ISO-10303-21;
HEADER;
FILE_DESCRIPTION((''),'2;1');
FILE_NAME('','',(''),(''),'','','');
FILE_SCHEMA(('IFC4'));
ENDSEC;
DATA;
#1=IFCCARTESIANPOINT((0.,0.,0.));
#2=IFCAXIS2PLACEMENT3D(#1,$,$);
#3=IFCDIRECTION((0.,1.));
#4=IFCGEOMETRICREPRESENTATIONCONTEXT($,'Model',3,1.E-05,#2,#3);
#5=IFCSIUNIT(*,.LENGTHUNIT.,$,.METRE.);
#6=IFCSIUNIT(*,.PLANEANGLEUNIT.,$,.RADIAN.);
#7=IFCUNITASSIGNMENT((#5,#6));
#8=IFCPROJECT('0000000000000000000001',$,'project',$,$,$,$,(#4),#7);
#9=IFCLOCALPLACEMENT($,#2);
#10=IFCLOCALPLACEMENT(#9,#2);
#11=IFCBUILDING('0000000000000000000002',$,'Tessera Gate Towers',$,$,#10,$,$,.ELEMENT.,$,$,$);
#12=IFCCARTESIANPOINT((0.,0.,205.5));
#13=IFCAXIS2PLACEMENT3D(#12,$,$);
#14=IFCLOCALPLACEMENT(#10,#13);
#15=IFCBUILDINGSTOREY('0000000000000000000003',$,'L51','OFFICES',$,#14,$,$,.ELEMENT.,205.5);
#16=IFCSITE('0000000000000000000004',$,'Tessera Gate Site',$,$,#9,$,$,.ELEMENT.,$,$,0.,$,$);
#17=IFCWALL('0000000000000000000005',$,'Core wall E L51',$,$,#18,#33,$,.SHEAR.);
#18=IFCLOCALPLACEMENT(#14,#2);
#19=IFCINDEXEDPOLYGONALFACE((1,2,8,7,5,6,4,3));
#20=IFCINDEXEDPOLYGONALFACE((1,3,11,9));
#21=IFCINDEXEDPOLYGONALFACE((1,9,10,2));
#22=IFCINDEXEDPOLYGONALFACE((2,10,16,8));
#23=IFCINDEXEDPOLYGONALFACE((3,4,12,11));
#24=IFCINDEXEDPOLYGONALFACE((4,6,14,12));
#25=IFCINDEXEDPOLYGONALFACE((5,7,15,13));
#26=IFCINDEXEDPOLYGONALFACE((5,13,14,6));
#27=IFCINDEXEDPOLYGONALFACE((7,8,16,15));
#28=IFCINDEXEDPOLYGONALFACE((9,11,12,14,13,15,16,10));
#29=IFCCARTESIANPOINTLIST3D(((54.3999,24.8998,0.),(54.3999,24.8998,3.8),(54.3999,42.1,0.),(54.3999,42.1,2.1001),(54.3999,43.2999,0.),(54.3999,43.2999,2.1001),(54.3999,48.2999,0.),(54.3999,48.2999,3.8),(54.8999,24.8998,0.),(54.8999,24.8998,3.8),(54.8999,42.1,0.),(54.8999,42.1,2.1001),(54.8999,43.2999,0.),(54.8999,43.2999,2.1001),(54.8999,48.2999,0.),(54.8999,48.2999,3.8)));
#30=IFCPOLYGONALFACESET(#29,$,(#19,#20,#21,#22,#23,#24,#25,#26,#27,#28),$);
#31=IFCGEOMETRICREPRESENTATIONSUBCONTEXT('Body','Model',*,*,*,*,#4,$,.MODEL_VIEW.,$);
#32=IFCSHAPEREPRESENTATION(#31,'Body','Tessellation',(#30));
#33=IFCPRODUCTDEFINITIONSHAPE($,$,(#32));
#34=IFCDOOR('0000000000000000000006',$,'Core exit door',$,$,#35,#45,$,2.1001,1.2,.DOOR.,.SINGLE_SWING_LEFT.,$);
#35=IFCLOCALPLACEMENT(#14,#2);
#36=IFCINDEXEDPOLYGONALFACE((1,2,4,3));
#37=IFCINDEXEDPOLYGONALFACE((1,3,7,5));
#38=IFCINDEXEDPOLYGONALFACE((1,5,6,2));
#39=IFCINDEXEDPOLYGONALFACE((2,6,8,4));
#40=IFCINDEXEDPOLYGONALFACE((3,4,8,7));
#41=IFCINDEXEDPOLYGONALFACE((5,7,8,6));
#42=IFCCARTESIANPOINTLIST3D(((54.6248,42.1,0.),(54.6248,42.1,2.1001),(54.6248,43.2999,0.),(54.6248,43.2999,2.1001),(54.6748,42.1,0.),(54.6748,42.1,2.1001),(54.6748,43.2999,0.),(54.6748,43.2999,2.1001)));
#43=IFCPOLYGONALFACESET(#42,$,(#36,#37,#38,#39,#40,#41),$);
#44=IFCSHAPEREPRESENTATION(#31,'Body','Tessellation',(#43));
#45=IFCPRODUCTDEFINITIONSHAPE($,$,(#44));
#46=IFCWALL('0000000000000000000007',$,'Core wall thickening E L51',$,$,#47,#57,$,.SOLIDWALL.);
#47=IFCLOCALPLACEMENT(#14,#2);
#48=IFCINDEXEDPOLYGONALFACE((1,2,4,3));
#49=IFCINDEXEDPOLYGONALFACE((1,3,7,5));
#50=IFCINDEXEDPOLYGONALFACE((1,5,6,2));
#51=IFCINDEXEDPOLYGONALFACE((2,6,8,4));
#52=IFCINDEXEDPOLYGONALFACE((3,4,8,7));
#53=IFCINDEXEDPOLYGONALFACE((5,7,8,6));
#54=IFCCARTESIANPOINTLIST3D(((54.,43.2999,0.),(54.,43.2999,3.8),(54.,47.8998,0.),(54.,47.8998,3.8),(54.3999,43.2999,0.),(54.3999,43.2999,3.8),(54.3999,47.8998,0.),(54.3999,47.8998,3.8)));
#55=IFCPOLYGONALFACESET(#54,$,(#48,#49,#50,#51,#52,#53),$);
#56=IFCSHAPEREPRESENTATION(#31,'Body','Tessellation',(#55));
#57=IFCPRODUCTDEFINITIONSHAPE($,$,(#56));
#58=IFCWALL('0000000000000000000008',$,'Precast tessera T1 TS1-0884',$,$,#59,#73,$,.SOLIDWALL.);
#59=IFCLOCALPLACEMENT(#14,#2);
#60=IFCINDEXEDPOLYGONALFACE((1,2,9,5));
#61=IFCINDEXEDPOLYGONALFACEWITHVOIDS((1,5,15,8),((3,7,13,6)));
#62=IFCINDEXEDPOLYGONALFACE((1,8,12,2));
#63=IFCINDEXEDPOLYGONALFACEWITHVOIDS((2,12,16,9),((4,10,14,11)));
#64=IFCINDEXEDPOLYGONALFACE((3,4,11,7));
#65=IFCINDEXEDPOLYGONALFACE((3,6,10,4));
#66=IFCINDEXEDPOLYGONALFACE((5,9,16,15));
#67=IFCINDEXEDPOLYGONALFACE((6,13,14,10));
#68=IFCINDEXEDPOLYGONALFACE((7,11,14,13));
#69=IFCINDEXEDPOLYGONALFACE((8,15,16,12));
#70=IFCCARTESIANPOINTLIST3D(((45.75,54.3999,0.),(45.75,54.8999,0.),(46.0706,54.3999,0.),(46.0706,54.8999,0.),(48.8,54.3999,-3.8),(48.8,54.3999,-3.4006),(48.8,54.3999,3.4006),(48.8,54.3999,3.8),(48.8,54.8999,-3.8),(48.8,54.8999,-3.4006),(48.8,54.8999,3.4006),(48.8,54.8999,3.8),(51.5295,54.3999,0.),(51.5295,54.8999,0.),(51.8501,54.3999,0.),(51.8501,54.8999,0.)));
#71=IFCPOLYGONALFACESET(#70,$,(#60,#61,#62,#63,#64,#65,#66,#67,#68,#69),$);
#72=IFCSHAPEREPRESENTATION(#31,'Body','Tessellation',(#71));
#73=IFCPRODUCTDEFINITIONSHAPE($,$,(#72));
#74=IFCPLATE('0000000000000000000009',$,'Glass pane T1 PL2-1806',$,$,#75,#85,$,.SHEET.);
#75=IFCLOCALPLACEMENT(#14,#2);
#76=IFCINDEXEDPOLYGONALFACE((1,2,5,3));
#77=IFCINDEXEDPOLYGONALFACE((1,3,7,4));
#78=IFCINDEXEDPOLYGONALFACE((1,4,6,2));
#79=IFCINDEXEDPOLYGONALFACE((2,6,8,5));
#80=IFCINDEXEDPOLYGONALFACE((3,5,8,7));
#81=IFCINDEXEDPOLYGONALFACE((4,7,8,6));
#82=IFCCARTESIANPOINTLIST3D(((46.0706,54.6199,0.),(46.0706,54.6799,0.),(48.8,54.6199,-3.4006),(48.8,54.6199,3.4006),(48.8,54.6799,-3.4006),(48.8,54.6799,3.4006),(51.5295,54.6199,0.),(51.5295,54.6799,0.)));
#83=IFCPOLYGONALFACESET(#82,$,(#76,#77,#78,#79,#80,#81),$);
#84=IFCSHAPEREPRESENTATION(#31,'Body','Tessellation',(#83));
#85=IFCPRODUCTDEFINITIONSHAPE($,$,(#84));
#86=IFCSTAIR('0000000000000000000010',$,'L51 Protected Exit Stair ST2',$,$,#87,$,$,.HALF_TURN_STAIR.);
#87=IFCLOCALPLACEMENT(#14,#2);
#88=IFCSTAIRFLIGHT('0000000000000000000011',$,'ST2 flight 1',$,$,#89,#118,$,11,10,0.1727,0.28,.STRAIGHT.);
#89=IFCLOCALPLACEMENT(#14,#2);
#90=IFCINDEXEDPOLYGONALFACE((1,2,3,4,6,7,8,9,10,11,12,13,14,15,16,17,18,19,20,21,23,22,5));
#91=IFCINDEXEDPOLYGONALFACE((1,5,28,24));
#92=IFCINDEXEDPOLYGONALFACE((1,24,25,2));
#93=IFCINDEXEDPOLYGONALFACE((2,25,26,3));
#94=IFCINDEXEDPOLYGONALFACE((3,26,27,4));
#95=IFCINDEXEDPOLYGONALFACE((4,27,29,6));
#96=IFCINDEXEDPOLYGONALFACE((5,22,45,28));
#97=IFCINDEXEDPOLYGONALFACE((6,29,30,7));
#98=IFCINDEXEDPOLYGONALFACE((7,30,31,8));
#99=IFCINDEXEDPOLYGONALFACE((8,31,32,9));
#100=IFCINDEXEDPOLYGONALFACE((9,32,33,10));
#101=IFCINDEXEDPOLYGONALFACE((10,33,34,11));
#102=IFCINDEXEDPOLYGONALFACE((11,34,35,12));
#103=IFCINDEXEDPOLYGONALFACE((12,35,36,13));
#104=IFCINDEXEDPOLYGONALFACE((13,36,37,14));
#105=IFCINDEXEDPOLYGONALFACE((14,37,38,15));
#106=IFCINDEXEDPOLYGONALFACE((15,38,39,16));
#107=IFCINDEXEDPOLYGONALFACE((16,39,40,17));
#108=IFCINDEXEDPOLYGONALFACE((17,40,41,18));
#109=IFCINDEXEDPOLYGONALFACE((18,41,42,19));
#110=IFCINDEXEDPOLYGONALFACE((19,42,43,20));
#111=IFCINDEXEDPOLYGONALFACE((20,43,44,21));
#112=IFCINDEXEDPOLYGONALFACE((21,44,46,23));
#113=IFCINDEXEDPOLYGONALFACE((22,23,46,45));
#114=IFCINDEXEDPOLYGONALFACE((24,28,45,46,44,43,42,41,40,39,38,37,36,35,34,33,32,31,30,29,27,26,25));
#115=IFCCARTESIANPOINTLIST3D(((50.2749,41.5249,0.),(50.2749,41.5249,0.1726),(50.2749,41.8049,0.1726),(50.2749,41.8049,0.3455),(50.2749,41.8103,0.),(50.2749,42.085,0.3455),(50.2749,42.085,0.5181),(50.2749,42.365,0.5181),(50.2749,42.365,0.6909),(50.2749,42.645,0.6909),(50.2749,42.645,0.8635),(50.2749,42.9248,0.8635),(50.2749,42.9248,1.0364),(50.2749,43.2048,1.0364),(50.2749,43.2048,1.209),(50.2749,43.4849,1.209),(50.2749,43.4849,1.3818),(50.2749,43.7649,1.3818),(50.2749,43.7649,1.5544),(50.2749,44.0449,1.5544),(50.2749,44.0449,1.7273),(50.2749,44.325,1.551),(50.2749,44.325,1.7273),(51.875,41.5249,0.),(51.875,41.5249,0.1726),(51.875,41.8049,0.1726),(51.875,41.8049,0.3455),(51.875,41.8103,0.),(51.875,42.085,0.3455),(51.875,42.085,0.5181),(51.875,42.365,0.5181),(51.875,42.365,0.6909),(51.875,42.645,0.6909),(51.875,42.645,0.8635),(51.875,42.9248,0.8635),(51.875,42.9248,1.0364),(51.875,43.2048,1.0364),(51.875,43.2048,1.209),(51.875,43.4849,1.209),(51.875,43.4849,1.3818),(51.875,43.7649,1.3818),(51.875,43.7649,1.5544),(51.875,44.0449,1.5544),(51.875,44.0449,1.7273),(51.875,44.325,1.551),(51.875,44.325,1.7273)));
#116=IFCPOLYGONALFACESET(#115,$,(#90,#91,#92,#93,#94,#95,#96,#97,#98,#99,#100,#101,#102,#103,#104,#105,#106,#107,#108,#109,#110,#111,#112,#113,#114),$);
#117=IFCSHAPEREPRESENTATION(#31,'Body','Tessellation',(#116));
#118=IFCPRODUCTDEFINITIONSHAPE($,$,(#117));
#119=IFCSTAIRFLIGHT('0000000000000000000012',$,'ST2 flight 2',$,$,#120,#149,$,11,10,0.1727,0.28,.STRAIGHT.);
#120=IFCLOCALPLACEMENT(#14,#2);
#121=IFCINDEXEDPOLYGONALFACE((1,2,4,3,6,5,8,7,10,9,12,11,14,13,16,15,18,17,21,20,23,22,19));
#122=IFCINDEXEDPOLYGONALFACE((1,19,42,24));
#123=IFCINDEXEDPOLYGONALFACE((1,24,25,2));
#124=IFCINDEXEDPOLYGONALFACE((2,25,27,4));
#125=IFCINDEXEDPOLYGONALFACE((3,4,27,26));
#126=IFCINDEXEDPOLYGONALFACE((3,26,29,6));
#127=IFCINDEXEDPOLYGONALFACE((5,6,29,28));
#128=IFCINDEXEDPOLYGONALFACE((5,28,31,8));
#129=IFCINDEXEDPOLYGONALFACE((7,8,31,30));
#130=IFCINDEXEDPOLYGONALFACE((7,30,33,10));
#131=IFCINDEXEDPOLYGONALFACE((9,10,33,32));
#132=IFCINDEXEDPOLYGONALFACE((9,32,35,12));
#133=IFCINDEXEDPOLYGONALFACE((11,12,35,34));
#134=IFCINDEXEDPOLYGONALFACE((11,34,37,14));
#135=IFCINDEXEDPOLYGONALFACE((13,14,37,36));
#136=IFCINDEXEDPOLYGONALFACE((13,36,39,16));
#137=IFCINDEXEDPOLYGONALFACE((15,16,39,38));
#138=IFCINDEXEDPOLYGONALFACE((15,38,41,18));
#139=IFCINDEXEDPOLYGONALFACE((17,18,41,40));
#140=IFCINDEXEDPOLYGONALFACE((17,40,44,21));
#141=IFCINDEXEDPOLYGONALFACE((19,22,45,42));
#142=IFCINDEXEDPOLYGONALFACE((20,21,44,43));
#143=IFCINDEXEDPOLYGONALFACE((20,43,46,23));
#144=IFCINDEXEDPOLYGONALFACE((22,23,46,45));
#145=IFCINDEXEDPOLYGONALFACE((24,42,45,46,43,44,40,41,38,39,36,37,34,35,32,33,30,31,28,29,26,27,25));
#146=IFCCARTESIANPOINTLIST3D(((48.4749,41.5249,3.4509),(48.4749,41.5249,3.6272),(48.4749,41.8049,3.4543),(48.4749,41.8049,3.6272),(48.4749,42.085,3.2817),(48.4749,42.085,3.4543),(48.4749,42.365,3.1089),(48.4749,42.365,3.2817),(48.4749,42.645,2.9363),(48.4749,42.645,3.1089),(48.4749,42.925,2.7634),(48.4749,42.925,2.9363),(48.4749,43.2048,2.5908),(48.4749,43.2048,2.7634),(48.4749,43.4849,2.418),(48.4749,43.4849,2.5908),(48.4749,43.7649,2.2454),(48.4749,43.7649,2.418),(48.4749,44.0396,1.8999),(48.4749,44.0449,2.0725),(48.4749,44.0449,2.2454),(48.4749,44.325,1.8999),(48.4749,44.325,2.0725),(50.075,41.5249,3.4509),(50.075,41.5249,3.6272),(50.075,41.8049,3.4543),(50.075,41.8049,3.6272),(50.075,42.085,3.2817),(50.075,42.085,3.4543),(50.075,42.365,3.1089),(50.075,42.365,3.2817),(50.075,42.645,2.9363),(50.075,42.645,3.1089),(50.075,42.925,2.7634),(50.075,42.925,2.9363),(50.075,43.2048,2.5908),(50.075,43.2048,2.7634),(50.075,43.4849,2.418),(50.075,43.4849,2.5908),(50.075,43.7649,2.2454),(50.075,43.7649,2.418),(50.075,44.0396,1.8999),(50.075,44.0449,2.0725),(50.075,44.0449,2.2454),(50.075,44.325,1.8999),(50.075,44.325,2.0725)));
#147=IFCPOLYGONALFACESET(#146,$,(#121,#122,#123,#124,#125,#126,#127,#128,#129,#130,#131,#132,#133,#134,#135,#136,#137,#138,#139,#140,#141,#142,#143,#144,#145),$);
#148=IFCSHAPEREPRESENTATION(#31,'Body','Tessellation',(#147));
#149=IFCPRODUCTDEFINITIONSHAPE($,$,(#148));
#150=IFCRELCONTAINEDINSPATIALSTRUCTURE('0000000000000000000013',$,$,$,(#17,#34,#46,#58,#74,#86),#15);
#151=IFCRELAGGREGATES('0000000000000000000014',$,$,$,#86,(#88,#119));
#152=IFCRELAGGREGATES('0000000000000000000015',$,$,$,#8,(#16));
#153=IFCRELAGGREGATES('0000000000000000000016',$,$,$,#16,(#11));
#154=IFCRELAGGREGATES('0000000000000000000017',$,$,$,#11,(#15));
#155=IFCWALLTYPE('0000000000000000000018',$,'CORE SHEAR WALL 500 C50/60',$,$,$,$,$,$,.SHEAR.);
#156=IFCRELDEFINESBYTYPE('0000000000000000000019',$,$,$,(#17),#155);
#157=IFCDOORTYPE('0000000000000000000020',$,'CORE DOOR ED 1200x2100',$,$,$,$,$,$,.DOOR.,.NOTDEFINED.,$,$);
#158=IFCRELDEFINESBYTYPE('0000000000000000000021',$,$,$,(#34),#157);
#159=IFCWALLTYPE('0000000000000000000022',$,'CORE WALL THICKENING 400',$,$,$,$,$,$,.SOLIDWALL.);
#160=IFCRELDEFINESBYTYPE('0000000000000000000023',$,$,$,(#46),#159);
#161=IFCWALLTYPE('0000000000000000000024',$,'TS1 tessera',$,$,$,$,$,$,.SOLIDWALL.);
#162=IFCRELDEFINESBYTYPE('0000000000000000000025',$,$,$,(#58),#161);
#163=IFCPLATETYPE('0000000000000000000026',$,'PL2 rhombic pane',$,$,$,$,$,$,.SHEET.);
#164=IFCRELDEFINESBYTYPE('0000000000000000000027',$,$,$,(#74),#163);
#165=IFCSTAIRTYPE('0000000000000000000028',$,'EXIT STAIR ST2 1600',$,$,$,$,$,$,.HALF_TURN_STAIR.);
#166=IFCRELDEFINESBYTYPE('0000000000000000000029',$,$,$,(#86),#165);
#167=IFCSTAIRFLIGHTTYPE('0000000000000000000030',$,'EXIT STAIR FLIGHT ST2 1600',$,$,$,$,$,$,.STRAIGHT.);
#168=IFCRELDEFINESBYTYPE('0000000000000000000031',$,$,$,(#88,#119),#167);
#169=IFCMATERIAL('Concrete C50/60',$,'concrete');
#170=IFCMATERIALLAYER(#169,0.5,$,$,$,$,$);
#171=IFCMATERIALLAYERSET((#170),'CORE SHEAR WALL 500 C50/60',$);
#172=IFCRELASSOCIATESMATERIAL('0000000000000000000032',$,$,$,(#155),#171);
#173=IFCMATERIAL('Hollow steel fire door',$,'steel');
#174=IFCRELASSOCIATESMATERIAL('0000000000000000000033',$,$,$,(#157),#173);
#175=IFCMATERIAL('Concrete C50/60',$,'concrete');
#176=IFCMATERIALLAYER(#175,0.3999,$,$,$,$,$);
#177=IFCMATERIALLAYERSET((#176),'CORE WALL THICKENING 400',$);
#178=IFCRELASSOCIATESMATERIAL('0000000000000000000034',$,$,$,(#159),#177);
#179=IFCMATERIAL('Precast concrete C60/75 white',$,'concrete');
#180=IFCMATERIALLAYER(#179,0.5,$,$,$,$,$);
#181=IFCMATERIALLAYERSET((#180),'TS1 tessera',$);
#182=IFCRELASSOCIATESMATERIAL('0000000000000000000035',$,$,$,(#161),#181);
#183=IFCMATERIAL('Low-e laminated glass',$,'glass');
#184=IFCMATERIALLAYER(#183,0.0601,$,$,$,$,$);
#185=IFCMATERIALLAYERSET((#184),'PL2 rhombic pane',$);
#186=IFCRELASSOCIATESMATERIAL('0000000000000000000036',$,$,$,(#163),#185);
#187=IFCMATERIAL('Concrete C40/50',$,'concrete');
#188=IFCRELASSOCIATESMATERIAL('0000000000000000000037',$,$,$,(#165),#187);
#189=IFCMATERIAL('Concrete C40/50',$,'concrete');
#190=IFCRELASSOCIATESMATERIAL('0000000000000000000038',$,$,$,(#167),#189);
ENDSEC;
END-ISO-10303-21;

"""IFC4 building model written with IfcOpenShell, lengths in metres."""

from ifc_helpers import new_model, si_unit, direction, frame, frame_2d, origin, place, context, subcontext, project, spatial, polyline, rectangle, outline, extrude, source, transform, mapped, material, layer, layer_set, type_object, element, fill, aggregate, save


model = new_model("IFC4")

# Units and contexts
model_context = context("Model", 3, precision=1e-05, world=origin(), true_north=direction((0.0, 1.0)))
body_context = subcontext(model_context, "Body", "Model", "MODEL_VIEW")
ifc_project = project(units=[si_unit("LENGTHUNIT", "METRE"), si_unit("PLANEANGLEUNIT", "RADIAN")], contexts=[model_context])

# Site, building, storey
site_placement = place(None, origin())
site = spatial("IfcSite", under=ifc_project, at=site_placement, Name="Tessera Gate Site", CompositionType="ELEMENT", RefElevation=0.0)
building_placement = place(site_placement, origin())
building = spatial("IfcBuilding", under=site, at=building_placement, Name="Tessera Gate Towers", CompositionType="ELEMENT")
storey_placement = place(building_placement, frame((0.0, 0.0, 205.5)))
storey = spatial("IfcBuildingStorey", under=building, at=storey_placement, Name="L51", Description="OFFICES", CompositionType="ELEMENT", Elevation=205.5)

# Shared definitions
shared_shape_1 = source(origin(), body_context, "Body", "SweptSolid", [
    extrude(rectangle(XDim=1.2, YDim=2.1001, at=frame_2d((0.6001, 1.05))), frame((0.0, 0.0249, 0.0), z_axis=(0.0, -1.0, 0.0), x_axis=(1.0, 0.0, 0.0)), (0.0, 0.0, 1.0), 0.05),
])

# Wall, opening, door
ifc_material_1 = material(Name="Concrete C50/60", Category="concrete")
ifc_layer_1 = layer(ifc_material_1, 0.5)
ifc_layer_set_1 = layer_set([ifc_layer_1], Name="CORE SHEAR WALL 500 C50/60")
wall_type_1 = type_object("IfcWallType", Name="CORE SHEAR WALL 500 C50/60", PredefinedType="SHEAR", material=ifc_layer_set_1)
wall_1_placement = place(storey_placement, frame((54.6499, 48.3, 0.0), z_axis=(0.0, 0.0, 1.0), x_axis=(0.0, -1.0, 0.0)))
wall_1 = element("IfcWall", 1, at=wall_1_placement, inside=storey, type_object=wall_type_1, Name="Core wall E L51", PredefinedType="SHEAR", context=body_context, shape_type="SweptSolid", body=[
    extrude(rectangle(XDim=23.4001, YDim=0.5, at=frame_2d((11.7002, 0.0))), origin(), (0.0, 0.0, 1.0), 3.8),
])
shared_shape_2 = source(origin(), body_context, "Body", "SweptSolid", [
    extrude(rectangle(XDim=1.2, YDim=2.1001, at=frame_2d((0.6001, 1.05))), frame((0.0, 0.26, 0.0), z_axis=(0.0, -1.0, 0.0), x_axis=(1.0, 0.0, 0.0)), (0.0, 0.0, 1.0), 0.52),
])
opening_1_placement = place(wall_1_placement, frame((5.0, 0.0, 0.0)))
opening_1 = element("IfcOpeningElement", 2, at=opening_1_placement, cuts=wall_1, PredefinedType="OPENING", context=body_context, shape_type="MappedRepresentation", body=[
    mapped(shared_shape_2, transform((0.0, 0.0, 0.0), scale=1.0)),
])
ifc_material_2 = material(Name="Hollow steel fire door", Category="steel")
door_type_1 = type_object("IfcDoorType", Name="CORE DOOR ED 1200x2100", OperationType="NOTDEFINED", PredefinedType="DOOR", material=ifc_material_2)
door_1_placement = place(opening_1_placement, origin())
door_1 = element("IfcDoor", 3, at=door_1_placement, inside=storey, type_object=door_type_1, Name="Core exit door", OperationType="SINGLE_SWING_LEFT", OverallHeight=2.1001, OverallWidth=1.2, PredefinedType="DOOR", context=body_context, shape_type="MappedRepresentation", body=[
    mapped(shared_shape_1, transform((0.0, 0.0, 0.0), scale=1.0)),
])
fill(opening_1, door_1)

# Wall
ifc_material_3 = material(Name="Concrete C50/60", Category="concrete")
ifc_layer_2 = layer(ifc_material_3, 0.3999)
ifc_layer_set_2 = layer_set([ifc_layer_2], Name="CORE WALL THICKENING 400")
wall_type_2 = type_object("IfcWallType", Name="CORE WALL THICKENING 400", PredefinedType="SOLIDWALL", material=ifc_layer_set_2)
wall_2_placement = place(storey_placement, frame((54.2, 43.3, 0.0), z_axis=(0.0, 0.0, 1.0), x_axis=(0.0, 1.0, 0.0)))
element("IfcWall", 4, at=wall_2_placement, inside=storey, type_object=wall_type_2, Name="Core wall thickening E L51", PredefinedType="SOLIDWALL", context=body_context, shape_type="SweptSolid", body=[
    extrude(rectangle(XDim=4.5999, YDim=0.3999, at=frame_2d((2.2998, 0.0))), origin(), (0.0, 0.0, 1.0), 3.8),
])

# Wall, opening, plate
ifc_material_4 = material(Name="Precast concrete C60/75 white", Category="concrete")
ifc_layer_3 = layer(ifc_material_4, 0.5)
ifc_layer_set_3 = layer_set([ifc_layer_3], Name="TS1 tessera")
wall_type_3 = type_object("IfcWallType", Name="TS1 tessera", PredefinedType="SOLIDWALL", material=ifc_layer_set_3)
shared_shape_3 = source(origin(), body_context, "Body", "SweptSolid", [
    extrude(outline(polyline([(3.05, 0.0), (6.1001, 3.8), (3.05, 7.6001), (0.0, 3.8), (3.05, 0.0)])), frame((0.0, 0.25, 0.0), z_axis=(0.0, -1.0, 0.0), x_axis=(1.0, 0.0, 0.0)), (0.0, 0.0, 1.0), 0.5),
])
wall_3_placement = place(storey_placement, frame((51.8501, 54.6499, -3.8), z_axis=(0.0, 0.0, 1.0), x_axis=(-1.0, 0.0, 0.0)))
wall_3 = element("IfcWall", 5, at=wall_3_placement, inside=storey, type_object=wall_type_3, Name="Precast tessera T1 TS1-0884", PredefinedType="SOLIDWALL", context=body_context, shape_type="MappedRepresentation", body=[
    mapped(shared_shape_3, transform((0.0, 0.0, 0.0), scale=1.0)),
])
shared_shape_4 = source(origin(), body_context, "Body", "SweptSolid", [
    extrude(outline(polyline([(3.05, 0.3994), (5.7795, 3.8), (3.05, 7.2007), (0.3206, 3.8), (3.05, 0.3994)])), frame((0.0, 0.26, 0.0), z_axis=(0.0, -1.0, 0.0), x_axis=(1.0, 0.0, 0.0)), (0.0, 0.0, 1.0), 0.52),
])
opening_2_placement = place(wall_3_placement, origin())
opening_2 = element("IfcOpeningElement", 6, at=opening_2_placement, cuts=wall_3, PredefinedType="OPENING", context=body_context, shape_type="MappedRepresentation", body=[
    mapped(shared_shape_4, transform((0.0, 0.0, 0.0), scale=1.0)),
])
ifc_material_5 = material(Name="Low-e laminated glass", Category="glass")
ifc_layer_4 = layer(ifc_material_5, 0.0601)
ifc_layer_set_4 = layer_set([ifc_layer_4], Name="PL2 rhombic pane")
plate_type = type_object("IfcPlateType", Name="PL2 rhombic pane", PredefinedType="SHEET", material=ifc_layer_set_4)
shared_shape_5 = source(origin(), body_context, "Body", "SweptSolid", [
    extrude(outline(polyline([(3.05, 0.3994), (5.7795, 3.8), (3.05, 7.2007), (0.3206, 3.8), (3.05, 0.3994)])), frame((0.0, 0.03, 0.0), z_axis=(0.0, -1.0, 0.0), x_axis=(1.0, 0.0, 0.0)), (0.0, 0.0, 1.0), 0.0601),
])
plate_placement = place(opening_2_placement, origin())
plate = element("IfcPlate", 7, at=plate_placement, inside=storey, type_object=plate_type, Name="Glass pane T1 PL2-1806", PredefinedType="SHEET", context=body_context, shape_type="MappedRepresentation", body=[
    mapped(shared_shape_5, transform((0.0, 0.0, 0.0), scale=1.0)),
])
fill(opening_2, plate)

# Stair, stair flights
ifc_material_6 = material(Name="Concrete C40/50", Category="concrete")
stair_type = type_object("IfcStairType", Name="EXIT STAIR ST2 1600", PredefinedType="HALF_TURN_STAIR", material=ifc_material_6)
stair_placement = place(storey_placement, origin())
stair = element("IfcStair", 8, at=stair_placement, inside=storey, type_object=stair_type, Name="L51 Protected Exit Stair ST2", PredefinedType="HALF_TURN_STAIR")
ifc_material_7 = material(Name="Concrete C40/50", Category="concrete")
stair_flight_type = type_object("IfcStairFlightType", Name="EXIT STAIR FLIGHT ST2 1600", PredefinedType="STRAIGHT", material=ifc_material_7)
stair_flight_1_placement = place(storey_placement, frame((51.075, 41.5249, 0.0), z_axis=(0.0, 0.0, 1.0), x_axis=(0.0, 1.0, 0.0)))
stair_flight_1 = element("IfcStairFlight", 9, at=stair_flight_1_placement, type_object=stair_flight_type, Name="ST2 flight 1", NumberOfRisers=11, NumberOfTreads=10, PredefinedType="STRAIGHT", RiserHeight=0.1727, TreadLength=0.28, context=body_context, shape_type="SweptSolid", body=[
    extrude(outline(polyline([(0.0, 0.0), (0.0, 0.1726), (0.28, 0.1726), (0.28, 0.3455), (0.5601, 0.3455), (0.5601, 0.5181), (0.8401, 0.5181), (0.8401, 0.6909), (1.1201, 0.6909), (1.1201, 0.8635), (1.3999, 0.8635), (1.3999, 1.0364), (1.6799, 1.0364), (1.6799, 1.209), (1.96, 1.209), (1.96, 1.3818), (2.24, 1.3818), (2.24, 1.5544), (2.52, 1.5544), (2.52, 1.7273), (2.8, 1.7273), (2.8, 1.8999), (2.8, 1.551), (0.2854, 0.0), (0.0, 0.0)])), frame((0.0, 0.8, 0.0), z_axis=(0.0, -1.0, 0.0), x_axis=(1.0, 0.0, 0.0)), (0.0, 0.0, 1.0), 1.6001),
])
stair_flight_2_placement = place(storey_placement, frame((49.2749, 44.325, 1.8999), z_axis=(0.0, 0.0, 1.0), x_axis=(0.0, -1.0, 0.0)))
stair_flight_2 = element("IfcStairFlight", 10, at=stair_flight_2_placement, type_object=stair_flight_type, Name="ST2 flight 2", NumberOfRisers=11, NumberOfTreads=10, PredefinedType="STRAIGHT", RiserHeight=0.1727, TreadLength=0.28, context=body_context, shape_type="SweptSolid", body=[
    extrude(outline(polyline([(0.0, 0.0), (0.0, 0.1726), (0.28, 0.1726), (0.28, 0.3455), (0.5601, 0.3455), (0.5601, 0.5181), (0.8401, 0.5181), (0.8401, 0.6909), (1.1201, 0.6909), (1.1201, 0.8635), (1.3999, 0.8635), (1.3999, 1.0364), (1.6799, 1.0364), (1.6799, 1.209), (1.96, 1.209), (1.96, 1.3818), (2.24, 1.3818), (2.24, 1.5544), (2.52, 1.5544), (2.52, 1.7273), (2.8, 1.7273), (2.8, 1.8999), (2.8, 1.551), (0.2854, 0.0), (0.0, 0.0)])), frame((0.0, 0.8, 0.0), z_axis=(0.0, -1.0, 0.0), x_axis=(1.0, 0.0, 0.0)), (0.0, 0.0, 1.0), 1.6001),
])
aggregate(stair, [stair_flight_1, stair_flight_2])

save(model, "model.ifc")
